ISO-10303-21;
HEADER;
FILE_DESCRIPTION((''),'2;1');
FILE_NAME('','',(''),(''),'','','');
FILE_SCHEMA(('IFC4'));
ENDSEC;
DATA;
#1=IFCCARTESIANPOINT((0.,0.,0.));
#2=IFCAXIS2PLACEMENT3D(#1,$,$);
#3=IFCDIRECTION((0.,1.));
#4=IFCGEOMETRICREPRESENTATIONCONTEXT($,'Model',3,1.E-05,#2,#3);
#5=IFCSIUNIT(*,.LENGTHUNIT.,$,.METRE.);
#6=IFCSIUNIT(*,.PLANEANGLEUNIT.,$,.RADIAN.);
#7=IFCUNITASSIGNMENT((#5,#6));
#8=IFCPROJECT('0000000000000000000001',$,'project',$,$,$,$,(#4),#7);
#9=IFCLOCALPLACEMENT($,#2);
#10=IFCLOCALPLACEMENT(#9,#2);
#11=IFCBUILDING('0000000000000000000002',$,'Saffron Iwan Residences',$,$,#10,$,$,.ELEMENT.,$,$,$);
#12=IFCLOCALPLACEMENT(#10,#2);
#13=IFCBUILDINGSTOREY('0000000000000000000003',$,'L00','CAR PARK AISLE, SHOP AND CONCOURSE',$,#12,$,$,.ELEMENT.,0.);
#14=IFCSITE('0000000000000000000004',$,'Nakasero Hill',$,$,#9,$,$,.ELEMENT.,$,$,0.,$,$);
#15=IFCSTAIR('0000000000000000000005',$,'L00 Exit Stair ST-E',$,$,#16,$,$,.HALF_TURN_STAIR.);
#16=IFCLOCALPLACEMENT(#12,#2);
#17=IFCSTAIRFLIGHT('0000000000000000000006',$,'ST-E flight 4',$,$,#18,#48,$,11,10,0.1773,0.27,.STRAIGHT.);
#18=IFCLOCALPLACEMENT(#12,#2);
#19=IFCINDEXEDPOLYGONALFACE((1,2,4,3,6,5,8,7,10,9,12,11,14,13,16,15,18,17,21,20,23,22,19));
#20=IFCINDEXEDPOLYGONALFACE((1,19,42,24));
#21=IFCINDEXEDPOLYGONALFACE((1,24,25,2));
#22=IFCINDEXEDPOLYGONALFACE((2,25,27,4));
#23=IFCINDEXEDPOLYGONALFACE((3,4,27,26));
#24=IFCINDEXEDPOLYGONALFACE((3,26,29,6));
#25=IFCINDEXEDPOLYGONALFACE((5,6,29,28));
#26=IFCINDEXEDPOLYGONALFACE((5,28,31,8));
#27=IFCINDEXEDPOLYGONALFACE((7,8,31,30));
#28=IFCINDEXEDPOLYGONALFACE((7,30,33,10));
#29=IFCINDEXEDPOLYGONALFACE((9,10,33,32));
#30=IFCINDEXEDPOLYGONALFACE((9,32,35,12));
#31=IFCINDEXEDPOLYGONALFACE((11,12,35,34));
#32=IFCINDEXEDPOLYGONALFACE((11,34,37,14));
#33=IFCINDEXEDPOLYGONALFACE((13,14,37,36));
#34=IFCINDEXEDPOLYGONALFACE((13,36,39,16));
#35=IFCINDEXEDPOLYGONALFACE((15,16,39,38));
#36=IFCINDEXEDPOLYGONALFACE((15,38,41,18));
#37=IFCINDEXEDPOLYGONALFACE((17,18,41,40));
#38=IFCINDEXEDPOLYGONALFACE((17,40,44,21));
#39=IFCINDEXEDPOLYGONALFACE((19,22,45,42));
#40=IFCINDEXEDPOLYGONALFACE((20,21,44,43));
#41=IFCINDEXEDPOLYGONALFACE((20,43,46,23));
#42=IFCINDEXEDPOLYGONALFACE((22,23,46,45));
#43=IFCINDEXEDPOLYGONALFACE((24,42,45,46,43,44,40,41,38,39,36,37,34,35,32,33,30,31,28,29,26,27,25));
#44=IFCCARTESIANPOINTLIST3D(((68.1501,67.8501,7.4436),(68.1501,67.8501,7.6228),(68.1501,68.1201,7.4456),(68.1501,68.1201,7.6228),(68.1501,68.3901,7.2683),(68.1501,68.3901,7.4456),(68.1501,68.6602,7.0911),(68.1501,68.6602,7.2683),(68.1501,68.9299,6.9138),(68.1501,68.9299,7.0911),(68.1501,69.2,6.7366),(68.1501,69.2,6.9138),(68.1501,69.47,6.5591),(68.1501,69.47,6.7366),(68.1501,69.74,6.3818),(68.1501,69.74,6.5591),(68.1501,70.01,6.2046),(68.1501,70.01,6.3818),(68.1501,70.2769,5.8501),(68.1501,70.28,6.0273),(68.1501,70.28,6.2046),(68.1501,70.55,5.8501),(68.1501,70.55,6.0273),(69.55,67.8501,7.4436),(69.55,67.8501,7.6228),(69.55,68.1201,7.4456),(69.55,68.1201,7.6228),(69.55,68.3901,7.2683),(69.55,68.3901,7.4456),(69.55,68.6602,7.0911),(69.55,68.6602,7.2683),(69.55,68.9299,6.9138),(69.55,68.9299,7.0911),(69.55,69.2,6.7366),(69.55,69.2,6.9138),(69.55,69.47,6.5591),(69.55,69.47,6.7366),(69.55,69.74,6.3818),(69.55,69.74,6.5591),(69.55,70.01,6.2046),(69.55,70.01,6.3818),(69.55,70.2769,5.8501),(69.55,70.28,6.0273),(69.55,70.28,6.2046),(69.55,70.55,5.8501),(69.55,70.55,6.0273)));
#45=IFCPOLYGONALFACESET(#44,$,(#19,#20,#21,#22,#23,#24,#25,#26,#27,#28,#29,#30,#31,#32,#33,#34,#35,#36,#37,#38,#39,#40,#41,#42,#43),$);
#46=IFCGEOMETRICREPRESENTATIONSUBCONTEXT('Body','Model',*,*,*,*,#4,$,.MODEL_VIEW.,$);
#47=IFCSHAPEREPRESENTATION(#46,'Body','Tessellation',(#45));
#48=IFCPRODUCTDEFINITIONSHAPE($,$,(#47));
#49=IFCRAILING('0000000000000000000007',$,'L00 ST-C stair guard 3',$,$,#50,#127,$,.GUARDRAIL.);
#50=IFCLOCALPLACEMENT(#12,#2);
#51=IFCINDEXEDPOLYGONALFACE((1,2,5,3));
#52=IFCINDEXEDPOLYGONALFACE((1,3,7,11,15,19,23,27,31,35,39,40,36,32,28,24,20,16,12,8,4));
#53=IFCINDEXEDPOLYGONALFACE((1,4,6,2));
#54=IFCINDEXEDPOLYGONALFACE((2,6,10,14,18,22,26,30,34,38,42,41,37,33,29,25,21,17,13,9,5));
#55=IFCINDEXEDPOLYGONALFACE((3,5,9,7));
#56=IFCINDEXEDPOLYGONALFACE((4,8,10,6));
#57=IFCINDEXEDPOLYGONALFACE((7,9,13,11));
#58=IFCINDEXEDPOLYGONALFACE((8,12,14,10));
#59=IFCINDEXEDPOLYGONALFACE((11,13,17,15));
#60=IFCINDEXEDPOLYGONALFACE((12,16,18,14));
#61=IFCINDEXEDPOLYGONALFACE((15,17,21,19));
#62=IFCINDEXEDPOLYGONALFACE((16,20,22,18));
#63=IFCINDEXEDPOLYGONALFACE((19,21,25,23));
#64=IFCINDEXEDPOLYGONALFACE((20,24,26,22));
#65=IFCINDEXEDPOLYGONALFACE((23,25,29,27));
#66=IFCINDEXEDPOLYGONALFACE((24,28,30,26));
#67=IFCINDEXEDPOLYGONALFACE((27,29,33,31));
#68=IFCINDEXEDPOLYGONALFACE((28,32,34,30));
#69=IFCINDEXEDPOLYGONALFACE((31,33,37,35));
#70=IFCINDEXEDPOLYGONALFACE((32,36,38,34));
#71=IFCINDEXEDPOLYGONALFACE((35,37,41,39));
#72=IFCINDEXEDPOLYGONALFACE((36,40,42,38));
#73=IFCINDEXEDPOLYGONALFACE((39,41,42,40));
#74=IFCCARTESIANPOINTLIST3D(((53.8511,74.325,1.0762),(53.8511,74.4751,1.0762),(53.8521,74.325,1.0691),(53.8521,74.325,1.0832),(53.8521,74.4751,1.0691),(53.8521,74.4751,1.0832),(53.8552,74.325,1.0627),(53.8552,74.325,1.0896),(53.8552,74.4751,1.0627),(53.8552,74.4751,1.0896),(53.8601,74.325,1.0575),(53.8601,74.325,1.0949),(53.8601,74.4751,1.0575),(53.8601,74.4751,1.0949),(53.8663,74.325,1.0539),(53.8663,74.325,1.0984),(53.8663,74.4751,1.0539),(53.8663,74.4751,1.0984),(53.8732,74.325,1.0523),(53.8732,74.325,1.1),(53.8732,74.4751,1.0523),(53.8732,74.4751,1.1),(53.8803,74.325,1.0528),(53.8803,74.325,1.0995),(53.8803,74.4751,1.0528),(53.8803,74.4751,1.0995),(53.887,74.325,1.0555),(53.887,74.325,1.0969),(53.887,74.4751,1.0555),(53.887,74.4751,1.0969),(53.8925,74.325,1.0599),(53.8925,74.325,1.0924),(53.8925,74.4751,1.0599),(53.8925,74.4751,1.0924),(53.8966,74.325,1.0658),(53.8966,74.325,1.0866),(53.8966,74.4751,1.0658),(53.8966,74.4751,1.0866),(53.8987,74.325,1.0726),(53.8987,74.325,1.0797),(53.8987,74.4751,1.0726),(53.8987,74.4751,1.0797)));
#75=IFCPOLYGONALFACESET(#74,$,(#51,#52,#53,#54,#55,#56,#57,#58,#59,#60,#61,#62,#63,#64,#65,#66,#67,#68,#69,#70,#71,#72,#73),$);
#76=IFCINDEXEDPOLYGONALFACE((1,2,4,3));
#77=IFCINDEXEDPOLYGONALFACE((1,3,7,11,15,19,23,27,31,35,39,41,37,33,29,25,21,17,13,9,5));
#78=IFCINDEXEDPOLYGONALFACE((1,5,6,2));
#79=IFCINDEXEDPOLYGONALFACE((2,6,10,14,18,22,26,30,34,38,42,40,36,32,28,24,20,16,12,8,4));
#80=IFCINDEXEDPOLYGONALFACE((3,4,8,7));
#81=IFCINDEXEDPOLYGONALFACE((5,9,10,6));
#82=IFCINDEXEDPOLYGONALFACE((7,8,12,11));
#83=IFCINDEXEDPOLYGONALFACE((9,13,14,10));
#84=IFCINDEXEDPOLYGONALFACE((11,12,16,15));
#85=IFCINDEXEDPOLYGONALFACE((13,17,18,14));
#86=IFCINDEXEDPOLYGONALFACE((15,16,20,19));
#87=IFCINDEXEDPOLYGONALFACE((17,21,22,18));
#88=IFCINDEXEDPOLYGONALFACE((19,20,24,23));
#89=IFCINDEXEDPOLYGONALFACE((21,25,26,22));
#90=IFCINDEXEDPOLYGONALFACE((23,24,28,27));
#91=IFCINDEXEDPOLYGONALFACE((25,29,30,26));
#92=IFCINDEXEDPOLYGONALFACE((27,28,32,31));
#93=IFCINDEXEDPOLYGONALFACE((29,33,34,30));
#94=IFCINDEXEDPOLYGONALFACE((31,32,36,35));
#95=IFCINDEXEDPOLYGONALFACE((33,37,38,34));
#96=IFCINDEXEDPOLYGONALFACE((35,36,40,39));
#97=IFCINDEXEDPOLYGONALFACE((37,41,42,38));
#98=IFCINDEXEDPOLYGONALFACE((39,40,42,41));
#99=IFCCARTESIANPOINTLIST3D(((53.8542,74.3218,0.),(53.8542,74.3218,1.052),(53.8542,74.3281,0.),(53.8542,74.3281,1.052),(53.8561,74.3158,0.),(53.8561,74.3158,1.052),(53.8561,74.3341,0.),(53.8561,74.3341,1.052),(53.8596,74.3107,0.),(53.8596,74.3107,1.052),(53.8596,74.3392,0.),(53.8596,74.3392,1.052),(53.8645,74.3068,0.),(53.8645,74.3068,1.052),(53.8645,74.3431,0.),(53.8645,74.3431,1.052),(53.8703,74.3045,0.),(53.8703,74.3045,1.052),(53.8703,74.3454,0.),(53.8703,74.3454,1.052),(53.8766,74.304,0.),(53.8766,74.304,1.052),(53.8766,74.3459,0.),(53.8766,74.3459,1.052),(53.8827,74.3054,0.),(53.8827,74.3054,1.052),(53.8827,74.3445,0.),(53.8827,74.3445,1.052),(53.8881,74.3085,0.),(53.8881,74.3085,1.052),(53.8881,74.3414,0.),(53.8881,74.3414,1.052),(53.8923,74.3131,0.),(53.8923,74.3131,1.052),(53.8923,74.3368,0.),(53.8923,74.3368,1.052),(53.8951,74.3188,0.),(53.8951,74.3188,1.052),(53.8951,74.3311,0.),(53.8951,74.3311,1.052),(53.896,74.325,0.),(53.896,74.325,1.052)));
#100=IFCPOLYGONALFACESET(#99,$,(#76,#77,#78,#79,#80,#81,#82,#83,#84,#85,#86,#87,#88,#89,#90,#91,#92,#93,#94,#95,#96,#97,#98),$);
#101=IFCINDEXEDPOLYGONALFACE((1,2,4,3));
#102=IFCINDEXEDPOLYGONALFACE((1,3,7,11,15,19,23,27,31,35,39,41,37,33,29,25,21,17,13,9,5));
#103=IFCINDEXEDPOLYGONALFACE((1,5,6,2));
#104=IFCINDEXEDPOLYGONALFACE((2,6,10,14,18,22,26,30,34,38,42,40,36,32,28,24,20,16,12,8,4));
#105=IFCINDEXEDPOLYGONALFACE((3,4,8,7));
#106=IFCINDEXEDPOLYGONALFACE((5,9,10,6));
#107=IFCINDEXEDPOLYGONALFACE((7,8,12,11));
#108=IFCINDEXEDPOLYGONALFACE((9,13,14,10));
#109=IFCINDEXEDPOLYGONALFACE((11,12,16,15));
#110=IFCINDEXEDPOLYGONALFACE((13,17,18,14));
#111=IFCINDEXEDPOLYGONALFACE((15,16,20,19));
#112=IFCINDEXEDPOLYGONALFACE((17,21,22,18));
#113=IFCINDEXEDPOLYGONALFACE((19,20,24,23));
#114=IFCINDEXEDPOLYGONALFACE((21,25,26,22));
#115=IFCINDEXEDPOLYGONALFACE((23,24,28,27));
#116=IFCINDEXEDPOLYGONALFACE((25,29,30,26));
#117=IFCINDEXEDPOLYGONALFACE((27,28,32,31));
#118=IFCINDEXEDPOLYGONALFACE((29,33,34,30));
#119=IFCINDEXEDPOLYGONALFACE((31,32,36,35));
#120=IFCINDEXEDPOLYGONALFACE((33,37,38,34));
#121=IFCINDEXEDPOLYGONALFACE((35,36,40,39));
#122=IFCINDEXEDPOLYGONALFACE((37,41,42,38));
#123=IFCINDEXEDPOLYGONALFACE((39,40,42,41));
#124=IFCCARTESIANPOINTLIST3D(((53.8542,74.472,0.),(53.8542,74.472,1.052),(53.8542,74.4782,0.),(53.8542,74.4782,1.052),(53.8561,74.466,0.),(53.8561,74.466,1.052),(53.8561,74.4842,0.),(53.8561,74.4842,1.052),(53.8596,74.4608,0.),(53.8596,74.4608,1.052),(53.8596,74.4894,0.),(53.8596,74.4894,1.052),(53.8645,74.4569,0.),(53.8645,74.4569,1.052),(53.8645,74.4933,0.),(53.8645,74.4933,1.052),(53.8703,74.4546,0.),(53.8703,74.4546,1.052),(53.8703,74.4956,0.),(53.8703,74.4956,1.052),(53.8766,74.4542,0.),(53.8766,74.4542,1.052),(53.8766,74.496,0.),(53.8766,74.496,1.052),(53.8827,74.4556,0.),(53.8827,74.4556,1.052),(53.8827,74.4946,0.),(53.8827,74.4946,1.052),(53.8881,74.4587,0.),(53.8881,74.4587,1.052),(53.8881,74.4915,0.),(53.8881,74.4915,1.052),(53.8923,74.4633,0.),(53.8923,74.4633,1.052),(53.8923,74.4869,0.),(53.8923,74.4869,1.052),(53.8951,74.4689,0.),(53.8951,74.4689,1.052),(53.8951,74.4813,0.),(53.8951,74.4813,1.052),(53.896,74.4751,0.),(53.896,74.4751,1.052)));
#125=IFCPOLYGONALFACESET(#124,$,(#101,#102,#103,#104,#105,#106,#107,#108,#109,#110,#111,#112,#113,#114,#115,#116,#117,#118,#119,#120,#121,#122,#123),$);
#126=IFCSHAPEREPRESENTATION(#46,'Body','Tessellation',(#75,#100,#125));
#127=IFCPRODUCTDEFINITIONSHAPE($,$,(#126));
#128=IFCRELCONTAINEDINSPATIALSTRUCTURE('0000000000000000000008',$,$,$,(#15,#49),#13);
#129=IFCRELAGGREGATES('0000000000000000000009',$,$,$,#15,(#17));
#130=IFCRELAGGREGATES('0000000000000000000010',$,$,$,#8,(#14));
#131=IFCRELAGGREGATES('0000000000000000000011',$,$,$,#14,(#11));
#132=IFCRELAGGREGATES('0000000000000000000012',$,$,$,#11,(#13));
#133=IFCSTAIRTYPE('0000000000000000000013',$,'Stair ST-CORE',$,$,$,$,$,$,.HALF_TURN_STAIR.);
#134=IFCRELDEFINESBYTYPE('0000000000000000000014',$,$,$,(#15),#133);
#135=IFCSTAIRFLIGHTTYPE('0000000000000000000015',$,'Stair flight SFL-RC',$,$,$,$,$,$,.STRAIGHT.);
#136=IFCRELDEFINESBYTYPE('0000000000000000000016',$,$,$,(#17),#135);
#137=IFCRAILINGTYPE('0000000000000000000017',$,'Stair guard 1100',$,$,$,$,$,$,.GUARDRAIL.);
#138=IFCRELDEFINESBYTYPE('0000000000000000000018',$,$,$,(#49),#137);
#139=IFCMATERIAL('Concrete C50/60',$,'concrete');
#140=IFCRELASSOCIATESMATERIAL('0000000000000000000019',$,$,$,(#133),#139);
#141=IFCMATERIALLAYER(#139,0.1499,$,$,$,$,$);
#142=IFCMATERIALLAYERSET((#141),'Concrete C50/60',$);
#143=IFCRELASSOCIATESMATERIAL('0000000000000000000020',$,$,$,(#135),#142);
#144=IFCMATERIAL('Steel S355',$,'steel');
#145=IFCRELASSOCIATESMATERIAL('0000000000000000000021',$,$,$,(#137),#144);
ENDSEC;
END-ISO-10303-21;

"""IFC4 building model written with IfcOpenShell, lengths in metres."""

from ifc_helpers import new_model, si_unit, direction, frame, origin, origin_2d, place, context, subcontext, project, spatial, polyline, circle, outline, extrude, material, layer, layer_set, type_object, element, aggregate, save


model = new_model("IFC4")

# Units and contexts
model_context = context("Model", 3, precision=1e-05, world=origin(), true_north=direction((0.0, 1.0)))
body_context = subcontext(model_context, "Body", "Model", "MODEL_VIEW")
ifc_project = project(units=[si_unit("LENGTHUNIT", "METRE"), si_unit("PLANEANGLEUNIT", "RADIAN")], contexts=[model_context])

# Site, building, storey
site_placement = place(None, origin())
site = spatial("IfcSite", under=ifc_project, at=site_placement, Name="Nakasero Hill", CompositionType="ELEMENT", RefElevation=0.0)
building_placement = place(site_placement, origin())
building = spatial("IfcBuilding", under=site, at=building_placement, Name="Saffron Iwan Residences", CompositionType="ELEMENT")
storey_placement = place(building_placement, origin())
storey = spatial("IfcBuildingStorey", under=building, at=storey_placement, Name="L00", Description="CAR PARK AISLE, SHOP AND CONCOURSE", CompositionType="ELEMENT", Elevation=0.0)

# Shared definitions
ifc_material_1 = material(Name="Concrete C50/60", Category="concrete")

# Stair, stair flight
stair_type = type_object("IfcStairType", Name="Stair ST-CORE", PredefinedType="HALF_TURN_STAIR", material=ifc_material_1)
ifc_layer_1 = layer(ifc_material_1, 0.1499)
ifc_layer_set_1 = layer_set([ifc_layer_1], Name="Concrete C50/60")
stair_flight_type = type_object("IfcStairFlightType", Name="Stair flight SFL-RC", PredefinedType="STRAIGHT", material=ifc_layer_set_1)
stair_1_placement = place(storey_placement, origin())
stair_1 = element("IfcStair", 1, at=stair_1_placement, inside=storey, type_object=stair_type, Name="L00 Exit Stair ST-E", PredefinedType="HALF_TURN_STAIR")
stair_flight_1_placement = place(storey_placement, frame((68.8501, 70.55, 5.8501), z_axis=(0.0, 0.0, 1.0), x_axis=(0.0, -1.0, 0.0)))
stair_flight_1 = element("IfcStairFlight", 2, at=stair_flight_1_placement, type_object=stair_flight_type, Name="ST-E flight 4", NumberOfRisers=11, NumberOfTreads=10, PredefinedType="STRAIGHT", RiserHeight=0.1773, TreadLength=0.27, context=body_context, shape_type="SweptSolid", body=[
    extrude(outline(polyline([(0.0, 0.0), (0.0, 0.1772), (0.27, 0.1772), (0.27, 0.3545), (0.54, 0.3545), (0.54, 0.5317), (0.8101, 0.5317), (0.8101, 0.709), (1.0801, 0.709), (1.0801, 0.8865), (1.3501, 0.8865), (1.3501, 1.0637), (1.6201, 1.0637), (1.6201, 1.241), (1.8899, 1.241), (1.8899, 1.4182), (2.1599, 1.4182), (2.1599, 1.5955), (2.4299, 1.5955), (2.4299, 1.7727), (2.7, 1.7727), (2.7, 1.95), (2.7, 1.5935), (0.2732, 0.0), (0.0, 0.0)])), frame((0.0, 0.7, 0.0), z_axis=(0.0, -1.0, 0.0), x_axis=(1.0, 0.0, 0.0)), (0.0, 0.0, 1.0), 1.3999),
])
aggregate(stair_1, [stair_flight_1])

# Railing
ifc_material_2 = material(Name="Steel S355", Category="steel")
railing_type_1 = type_object("IfcRailingType", Name="Stair guard 1100", PredefinedType="GUARDRAIL", material=ifc_material_2)
railing_1_placement = place(storey_placement, frame((53.875, 74.325, 0.0)))
element("IfcRailing", 3, at=railing_1_placement, inside=storey, type_object=railing_type_1, Name="L00 ST-C stair guard 3", PredefinedType="GUARDRAIL", context=body_context, shape_type="SweptSolid", body=[
    extrude(circle(Radius=0.0239, at=origin_2d()), frame((0.0, 0.0, 1.0762), z_axis=(0.0, 1.0, 0.0), x_axis=(-1.0, 0.0, 0.0)), (0.0, 0.0, 1.0), 0.1501),
    extrude(circle(Radius=0.021, at=origin_2d()), origin(), (0.0, 0.0, 1.0), 1.052),
    extrude(circle(Radius=0.021, at=origin_2d()), frame((0.0, 0.1501, 0.0)), (0.0, 0.0, 1.0), 1.052),
])

save(model, "model.ifc")
